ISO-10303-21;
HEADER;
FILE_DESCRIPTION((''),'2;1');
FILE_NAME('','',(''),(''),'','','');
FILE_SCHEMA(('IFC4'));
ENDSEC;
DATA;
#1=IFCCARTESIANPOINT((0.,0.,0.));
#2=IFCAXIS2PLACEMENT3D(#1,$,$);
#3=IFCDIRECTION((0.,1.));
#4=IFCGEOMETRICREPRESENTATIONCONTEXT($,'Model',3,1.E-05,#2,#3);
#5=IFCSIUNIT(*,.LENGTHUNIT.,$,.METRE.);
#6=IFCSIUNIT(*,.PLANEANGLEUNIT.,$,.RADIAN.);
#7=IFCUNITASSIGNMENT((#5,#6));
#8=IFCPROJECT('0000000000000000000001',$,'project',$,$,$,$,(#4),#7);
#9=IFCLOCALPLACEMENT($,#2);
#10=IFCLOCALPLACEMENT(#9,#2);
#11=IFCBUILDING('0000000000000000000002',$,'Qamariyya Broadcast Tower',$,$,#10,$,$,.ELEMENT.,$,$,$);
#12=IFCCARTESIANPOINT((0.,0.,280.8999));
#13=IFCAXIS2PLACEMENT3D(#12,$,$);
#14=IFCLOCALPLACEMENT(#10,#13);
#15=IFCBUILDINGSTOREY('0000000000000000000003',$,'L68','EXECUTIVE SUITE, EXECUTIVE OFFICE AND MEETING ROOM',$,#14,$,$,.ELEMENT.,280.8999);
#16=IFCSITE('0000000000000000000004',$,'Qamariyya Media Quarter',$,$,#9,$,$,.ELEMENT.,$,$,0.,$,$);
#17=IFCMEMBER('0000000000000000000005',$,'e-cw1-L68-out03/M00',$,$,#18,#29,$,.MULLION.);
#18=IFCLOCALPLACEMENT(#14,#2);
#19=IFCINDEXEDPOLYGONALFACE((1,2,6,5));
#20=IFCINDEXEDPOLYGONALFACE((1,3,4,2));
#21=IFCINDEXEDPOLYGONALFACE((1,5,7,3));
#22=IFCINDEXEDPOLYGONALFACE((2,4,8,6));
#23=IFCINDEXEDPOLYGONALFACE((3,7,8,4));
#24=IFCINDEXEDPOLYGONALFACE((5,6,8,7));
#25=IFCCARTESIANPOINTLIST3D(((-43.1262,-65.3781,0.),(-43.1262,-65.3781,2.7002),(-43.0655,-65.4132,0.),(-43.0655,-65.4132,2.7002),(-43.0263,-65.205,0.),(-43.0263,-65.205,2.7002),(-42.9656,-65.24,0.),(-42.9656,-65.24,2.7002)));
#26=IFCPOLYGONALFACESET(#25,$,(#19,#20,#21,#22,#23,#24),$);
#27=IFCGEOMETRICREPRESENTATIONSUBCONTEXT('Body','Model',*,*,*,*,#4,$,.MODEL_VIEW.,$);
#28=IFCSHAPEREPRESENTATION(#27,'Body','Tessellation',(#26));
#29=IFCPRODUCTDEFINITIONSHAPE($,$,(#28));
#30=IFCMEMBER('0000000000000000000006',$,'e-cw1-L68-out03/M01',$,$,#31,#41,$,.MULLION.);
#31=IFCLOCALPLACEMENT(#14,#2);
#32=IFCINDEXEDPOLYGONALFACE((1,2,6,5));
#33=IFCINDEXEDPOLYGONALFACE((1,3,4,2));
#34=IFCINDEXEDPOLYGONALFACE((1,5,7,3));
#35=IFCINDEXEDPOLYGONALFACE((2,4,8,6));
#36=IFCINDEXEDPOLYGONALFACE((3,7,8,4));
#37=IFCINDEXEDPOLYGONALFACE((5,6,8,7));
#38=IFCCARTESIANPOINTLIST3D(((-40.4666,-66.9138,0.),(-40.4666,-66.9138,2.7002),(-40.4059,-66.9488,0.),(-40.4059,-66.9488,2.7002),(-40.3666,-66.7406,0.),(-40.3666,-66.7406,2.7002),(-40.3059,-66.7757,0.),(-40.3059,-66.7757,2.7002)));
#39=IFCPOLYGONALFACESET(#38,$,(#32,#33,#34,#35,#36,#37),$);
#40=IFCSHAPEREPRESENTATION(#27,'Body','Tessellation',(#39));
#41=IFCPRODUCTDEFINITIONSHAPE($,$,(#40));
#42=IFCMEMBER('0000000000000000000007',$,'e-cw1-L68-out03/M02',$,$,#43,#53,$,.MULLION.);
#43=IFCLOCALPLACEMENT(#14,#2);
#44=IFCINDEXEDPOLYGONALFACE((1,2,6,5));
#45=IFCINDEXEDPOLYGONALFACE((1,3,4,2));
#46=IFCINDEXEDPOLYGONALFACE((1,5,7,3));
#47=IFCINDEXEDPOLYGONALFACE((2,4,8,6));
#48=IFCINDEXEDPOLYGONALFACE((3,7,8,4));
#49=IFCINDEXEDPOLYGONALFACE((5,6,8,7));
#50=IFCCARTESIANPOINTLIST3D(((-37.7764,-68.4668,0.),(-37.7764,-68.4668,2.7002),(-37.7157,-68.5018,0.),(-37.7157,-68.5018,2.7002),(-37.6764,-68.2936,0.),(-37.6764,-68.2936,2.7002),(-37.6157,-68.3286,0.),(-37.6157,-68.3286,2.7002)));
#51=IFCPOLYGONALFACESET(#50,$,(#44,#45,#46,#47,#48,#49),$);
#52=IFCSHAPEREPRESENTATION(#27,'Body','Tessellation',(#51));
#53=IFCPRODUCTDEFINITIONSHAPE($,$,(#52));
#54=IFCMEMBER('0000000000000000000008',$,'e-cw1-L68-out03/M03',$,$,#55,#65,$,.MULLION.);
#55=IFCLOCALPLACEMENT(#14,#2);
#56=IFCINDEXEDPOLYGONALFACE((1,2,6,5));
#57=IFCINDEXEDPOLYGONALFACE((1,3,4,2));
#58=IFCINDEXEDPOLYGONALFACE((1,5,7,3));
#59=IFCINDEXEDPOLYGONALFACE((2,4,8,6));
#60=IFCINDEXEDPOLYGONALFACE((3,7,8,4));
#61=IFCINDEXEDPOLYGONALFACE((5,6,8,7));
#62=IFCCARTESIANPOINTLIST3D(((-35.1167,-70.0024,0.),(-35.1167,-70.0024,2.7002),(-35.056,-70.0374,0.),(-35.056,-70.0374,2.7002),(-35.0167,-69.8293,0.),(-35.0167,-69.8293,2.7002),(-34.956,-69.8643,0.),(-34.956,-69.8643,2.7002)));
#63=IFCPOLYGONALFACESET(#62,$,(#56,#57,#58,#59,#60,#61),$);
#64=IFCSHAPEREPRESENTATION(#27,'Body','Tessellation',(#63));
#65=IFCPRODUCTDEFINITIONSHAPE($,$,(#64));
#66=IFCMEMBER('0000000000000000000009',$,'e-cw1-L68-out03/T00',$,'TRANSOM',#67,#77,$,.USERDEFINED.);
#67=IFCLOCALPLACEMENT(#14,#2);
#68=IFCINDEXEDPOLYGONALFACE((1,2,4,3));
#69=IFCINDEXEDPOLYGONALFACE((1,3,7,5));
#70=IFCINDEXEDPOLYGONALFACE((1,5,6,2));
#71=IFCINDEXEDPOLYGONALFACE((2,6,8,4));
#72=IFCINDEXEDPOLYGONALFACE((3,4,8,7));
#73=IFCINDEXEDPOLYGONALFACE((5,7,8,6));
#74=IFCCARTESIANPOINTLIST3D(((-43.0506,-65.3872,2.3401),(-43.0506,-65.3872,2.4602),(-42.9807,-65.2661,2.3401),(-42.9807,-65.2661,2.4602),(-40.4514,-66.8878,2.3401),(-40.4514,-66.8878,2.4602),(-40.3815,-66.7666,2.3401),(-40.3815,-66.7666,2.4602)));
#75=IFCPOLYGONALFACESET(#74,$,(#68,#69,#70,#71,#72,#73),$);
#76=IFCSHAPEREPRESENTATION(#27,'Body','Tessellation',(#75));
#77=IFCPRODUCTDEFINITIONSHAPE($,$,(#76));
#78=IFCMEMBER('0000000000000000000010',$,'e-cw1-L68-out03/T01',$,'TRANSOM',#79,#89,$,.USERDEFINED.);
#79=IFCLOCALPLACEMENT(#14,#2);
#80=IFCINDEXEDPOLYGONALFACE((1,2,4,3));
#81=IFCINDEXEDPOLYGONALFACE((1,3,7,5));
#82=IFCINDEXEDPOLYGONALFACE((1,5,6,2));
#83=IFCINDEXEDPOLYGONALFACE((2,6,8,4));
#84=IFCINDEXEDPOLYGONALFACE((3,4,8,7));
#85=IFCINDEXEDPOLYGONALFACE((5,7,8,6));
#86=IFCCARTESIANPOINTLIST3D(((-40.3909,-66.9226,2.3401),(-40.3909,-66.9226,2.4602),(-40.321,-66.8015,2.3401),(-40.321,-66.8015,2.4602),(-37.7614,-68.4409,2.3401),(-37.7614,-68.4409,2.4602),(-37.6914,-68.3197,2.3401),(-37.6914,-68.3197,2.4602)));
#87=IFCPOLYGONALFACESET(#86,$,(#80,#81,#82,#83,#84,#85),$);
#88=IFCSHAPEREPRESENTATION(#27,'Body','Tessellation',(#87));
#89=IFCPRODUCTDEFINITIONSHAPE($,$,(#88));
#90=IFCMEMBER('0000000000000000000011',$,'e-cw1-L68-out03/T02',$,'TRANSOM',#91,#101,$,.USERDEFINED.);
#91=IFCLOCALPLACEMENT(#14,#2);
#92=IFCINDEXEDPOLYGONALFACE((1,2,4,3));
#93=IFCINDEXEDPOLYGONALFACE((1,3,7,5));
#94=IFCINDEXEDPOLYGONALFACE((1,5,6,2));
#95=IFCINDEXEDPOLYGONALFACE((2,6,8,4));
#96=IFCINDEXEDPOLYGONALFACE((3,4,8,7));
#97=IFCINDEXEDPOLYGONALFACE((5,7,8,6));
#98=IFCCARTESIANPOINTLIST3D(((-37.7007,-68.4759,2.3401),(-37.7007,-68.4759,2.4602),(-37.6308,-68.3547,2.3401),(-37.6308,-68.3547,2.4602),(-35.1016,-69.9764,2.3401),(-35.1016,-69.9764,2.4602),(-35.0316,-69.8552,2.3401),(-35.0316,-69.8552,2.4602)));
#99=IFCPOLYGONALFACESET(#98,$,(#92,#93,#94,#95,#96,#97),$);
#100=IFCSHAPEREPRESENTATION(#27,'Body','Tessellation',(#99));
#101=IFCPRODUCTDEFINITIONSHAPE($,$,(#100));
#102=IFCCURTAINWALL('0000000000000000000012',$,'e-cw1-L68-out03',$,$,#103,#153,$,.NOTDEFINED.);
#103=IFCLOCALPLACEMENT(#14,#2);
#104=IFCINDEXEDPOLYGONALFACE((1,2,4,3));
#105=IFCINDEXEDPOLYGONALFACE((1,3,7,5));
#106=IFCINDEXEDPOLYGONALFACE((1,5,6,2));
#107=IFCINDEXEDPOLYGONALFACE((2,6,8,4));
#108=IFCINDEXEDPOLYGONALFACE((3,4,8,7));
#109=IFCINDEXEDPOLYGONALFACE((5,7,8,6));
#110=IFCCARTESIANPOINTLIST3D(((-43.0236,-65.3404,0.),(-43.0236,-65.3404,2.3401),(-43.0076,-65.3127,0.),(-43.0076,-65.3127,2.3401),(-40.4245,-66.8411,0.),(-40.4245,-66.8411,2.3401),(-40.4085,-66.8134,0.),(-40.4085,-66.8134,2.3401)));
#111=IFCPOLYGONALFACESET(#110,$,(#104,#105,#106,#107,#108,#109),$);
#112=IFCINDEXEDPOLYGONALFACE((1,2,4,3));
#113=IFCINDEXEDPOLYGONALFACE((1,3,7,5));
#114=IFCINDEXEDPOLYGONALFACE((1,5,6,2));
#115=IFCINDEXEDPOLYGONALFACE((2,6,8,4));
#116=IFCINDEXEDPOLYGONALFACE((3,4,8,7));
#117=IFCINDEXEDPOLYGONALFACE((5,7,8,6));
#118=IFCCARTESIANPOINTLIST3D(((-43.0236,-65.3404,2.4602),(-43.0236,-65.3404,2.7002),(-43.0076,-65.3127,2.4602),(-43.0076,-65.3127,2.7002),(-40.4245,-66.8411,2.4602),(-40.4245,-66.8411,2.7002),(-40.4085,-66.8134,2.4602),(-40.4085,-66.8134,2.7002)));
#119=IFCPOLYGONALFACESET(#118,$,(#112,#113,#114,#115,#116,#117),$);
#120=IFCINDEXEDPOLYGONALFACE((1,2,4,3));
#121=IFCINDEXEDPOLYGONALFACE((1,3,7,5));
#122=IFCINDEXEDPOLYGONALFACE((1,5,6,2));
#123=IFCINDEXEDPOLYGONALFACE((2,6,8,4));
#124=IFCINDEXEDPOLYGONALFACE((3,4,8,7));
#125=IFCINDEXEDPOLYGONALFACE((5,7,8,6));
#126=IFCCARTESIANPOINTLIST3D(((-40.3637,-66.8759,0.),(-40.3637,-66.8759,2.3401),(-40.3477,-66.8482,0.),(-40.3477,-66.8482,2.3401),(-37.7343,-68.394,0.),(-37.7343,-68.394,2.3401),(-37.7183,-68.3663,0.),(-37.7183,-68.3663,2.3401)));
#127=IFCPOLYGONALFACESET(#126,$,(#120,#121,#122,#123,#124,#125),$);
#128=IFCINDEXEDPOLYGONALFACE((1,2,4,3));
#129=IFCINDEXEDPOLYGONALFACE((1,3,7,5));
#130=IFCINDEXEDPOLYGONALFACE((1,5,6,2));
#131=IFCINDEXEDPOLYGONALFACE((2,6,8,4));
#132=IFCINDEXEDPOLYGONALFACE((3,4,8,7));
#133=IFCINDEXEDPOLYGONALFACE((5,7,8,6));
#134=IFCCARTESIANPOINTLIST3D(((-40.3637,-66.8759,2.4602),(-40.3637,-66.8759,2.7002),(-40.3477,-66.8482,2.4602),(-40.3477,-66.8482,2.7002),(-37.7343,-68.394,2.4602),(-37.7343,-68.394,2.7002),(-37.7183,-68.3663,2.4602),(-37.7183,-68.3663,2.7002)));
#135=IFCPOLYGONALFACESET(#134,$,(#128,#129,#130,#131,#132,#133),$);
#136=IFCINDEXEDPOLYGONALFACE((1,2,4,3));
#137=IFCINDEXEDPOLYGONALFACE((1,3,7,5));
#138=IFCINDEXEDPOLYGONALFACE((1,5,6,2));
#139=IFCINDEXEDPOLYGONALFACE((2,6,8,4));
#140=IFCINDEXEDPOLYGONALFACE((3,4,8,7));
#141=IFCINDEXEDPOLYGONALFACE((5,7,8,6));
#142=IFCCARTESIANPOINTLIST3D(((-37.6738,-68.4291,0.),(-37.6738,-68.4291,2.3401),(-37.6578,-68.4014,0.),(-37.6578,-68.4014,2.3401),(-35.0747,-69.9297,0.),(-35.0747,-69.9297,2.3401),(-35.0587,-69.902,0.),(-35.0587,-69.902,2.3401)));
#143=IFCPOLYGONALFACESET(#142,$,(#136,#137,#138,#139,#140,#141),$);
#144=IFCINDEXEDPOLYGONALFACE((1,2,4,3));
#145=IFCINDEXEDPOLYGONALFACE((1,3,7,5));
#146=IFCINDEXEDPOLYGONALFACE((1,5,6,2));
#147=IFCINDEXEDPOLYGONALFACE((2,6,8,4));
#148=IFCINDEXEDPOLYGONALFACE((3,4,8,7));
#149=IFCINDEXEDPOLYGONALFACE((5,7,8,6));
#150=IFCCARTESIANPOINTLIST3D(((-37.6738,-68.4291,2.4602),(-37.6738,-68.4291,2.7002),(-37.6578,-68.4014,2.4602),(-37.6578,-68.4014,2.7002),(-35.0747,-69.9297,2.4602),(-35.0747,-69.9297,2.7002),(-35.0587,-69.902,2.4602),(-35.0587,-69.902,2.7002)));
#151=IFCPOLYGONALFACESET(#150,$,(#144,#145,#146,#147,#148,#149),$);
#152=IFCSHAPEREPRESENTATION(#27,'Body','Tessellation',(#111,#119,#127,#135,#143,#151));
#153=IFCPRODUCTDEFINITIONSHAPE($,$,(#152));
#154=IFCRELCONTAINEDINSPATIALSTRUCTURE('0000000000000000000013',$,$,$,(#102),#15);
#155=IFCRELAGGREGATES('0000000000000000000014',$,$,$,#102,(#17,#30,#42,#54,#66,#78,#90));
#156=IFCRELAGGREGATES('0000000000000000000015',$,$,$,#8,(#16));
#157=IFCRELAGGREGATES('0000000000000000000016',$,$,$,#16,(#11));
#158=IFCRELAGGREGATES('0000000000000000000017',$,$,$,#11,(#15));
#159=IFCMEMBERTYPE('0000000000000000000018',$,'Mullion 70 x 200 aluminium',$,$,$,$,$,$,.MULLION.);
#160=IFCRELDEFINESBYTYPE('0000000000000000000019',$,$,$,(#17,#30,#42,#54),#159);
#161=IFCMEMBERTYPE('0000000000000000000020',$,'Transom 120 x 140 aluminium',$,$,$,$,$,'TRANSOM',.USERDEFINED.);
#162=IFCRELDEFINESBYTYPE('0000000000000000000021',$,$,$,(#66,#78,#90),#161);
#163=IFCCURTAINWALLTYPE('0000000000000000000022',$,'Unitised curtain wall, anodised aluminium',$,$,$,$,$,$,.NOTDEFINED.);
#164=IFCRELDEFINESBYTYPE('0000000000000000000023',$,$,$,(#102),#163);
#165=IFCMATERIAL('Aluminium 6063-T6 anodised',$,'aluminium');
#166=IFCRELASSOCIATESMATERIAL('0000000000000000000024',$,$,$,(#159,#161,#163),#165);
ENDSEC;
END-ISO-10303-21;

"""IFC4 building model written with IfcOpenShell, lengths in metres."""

from ifc_helpers import new_model, si_unit, direction, frame, origin, origin_2d, place, context, subcontext, project, spatial, rectangle, extrude, material, material_profile, profile_set, type_object, element, aggregate, save


model = new_model("IFC4")

# Units and contexts
model_context = context("Model", 3, precision=1e-05, world=origin(), true_north=direction((0.0, 1.0)))
body_context = subcontext(model_context, "Body", "Model", "MODEL_VIEW")
ifc_project = project(units=[si_unit("LENGTHUNIT", "METRE"), si_unit("PLANEANGLEUNIT", "RADIAN")], contexts=[model_context])

# Members
ifc_material = material(Name="Aluminium 6063-T6 anodised", Category="aluminium")
ifc_material_profile_1 = material_profile(ifc_material, rectangle(XDim=0.2, YDim=0.0701, at=origin_2d()))
ifc_profile_set_1 = profile_set([ifc_material_profile_1], Name="Aluminium 6063-T6 anodised")
member_type_1 = type_object("IfcMemberType", Name="Mullion 70 x 200 aluminium", PredefinedType="MULLION", material=ifc_profile_set_1)
site_placement = place(None, origin())
building_placement = place(site_placement, origin())
storey_placement = place(building_placement, frame((0.0, 0.0, 280.8999)))
member_1_placement = place(storey_placement, frame((-43.0459, -65.3091, 0.0), z_axis=(0.0, 0.0, 1.0), x_axis=(0.5, 0.866025, 0.0)))
member_1 = element("IfcMember", 1, at=member_1_placement, type_object=member_type_1, Name="e-cw1-L68-out03/M00", PredefinedType="MULLION", context=body_context, shape_type="SweptSolid", body=[
    extrude(rectangle(XDim=0.2, YDim=0.0701, at=origin_2d()), origin(), (0.0, 0.0, 1.0), 2.7002),
])
member_2_placement = place(storey_placement, frame((-40.3862, -66.8447, 0.0), z_axis=(0.0, 0.0, 1.0), x_axis=(0.5, 0.866025, 0.0)))
member_2 = element("IfcMember", 2, at=member_2_placement, type_object=member_type_1, Name="e-cw1-L68-out03/M01", PredefinedType="MULLION", context=body_context, shape_type="SweptSolid", body=[
    extrude(rectangle(XDim=0.2, YDim=0.0701, at=origin_2d()), origin(), (0.0, 0.0, 1.0), 2.7002),
])
member_3_placement = place(storey_placement, frame((-37.696, -68.3977, 0.0), z_axis=(0.0, 0.0, 1.0), x_axis=(0.5, 0.866025, 0.0)))
member_3 = element("IfcMember", 3, at=member_3_placement, type_object=member_type_1, Name="e-cw1-L68-out03/M02", PredefinedType="MULLION", context=body_context, shape_type="SweptSolid", body=[
    extrude(rectangle(XDim=0.2, YDim=0.0701, at=origin_2d()), origin(), (0.0, 0.0, 1.0), 2.7002),
])
member_4_placement = place(storey_placement, frame((-35.0364, -69.9333, 0.0), z_axis=(0.0, 0.0, 1.0), x_axis=(0.5, 0.866025, 0.0)))
member_4 = element("IfcMember", 4, at=member_4_placement, type_object=member_type_1, Name="e-cw1-L68-out03/M03", PredefinedType="MULLION", context=body_context, shape_type="SweptSolid", body=[
    extrude(rectangle(XDim=0.2, YDim=0.0701, at=origin_2d()), origin(), (0.0, 0.0, 1.0), 2.7002),
])
ifc_material_profile_2 = material_profile(ifc_material, rectangle(XDim=0.1399, YDim=0.1201, at=origin_2d()))
ifc_profile_set_2 = profile_set([ifc_material_profile_2], Name="Aluminium 6063-T6 anodised")
member_type_2 = type_object("IfcMemberType", Name="Transom 120 x 140 aluminium", ElementType="TRANSOM", PredefinedType="USERDEFINED", material=ifc_profile_set_2)
member_5_placement = place(storey_placement, frame((-43.0156, -65.3267, 2.4001), z_axis=(0.866042, -0.499971, 0.0), x_axis=(0.499971, 0.866042, 0.0)))
member_5 = element("IfcMember", 5, at=member_5_placement, type_object=member_type_2, Name="e-cw1-L68-out03/T00", ObjectType="TRANSOM", PredefinedType="USERDEFINED", context=body_context, shape_type="SweptSolid", body=[
    extrude(rectangle(XDim=0.1399, YDim=0.1201, at=origin_2d()), origin(), (0.0, 0.0, 1.0), 3.0012),
])
member_6_placement = place(storey_placement, frame((-40.356, -66.8621, 2.4001), z_axis=(0.866013, -0.500022, 0.0), x_axis=(0.500022, 0.866013, 0.0)))
member_6 = element("IfcMember", 6, at=member_6_placement, type_object=member_type_2, Name="e-cw1-L68-out03/T01", ObjectType="TRANSOM", PredefinedType="USERDEFINED", context=body_context, shape_type="SweptSolid", body=[
    extrude(rectangle(XDim=0.1399, YDim=0.1201, at=origin_2d()), origin(), (0.0, 0.0, 1.0), 3.0364),
])
member_7_placement = place(storey_placement, frame((-37.6658, -68.4153, 2.4001), z_axis=(0.866042, -0.499971, 0.0), x_axis=(0.499971, 0.866042, 0.0)))
member_7 = element("IfcMember", 7, at=member_7_placement, type_object=member_type_2, Name="e-cw1-L68-out03/T02", ObjectType="TRANSOM", PredefinedType="USERDEFINED", context=body_context, shape_type="SweptSolid", body=[
    extrude(rectangle(XDim=0.1399, YDim=0.1201, at=origin_2d()), origin(), (0.0, 0.0, 1.0), 3.0012),
])

# Site, building, storey
site = spatial("IfcSite", under=ifc_project, at=site_placement, Name="Qamariyya Media Quarter", CompositionType="ELEMENT", RefElevation=0.0)
building = spatial("IfcBuilding", under=site, at=building_placement, Name="Qamariyya Broadcast Tower", CompositionType="ELEMENT")
storey = spatial("IfcBuildingStorey", under=building, at=storey_placement, Name="L68", Description="EXECUTIVE SUITE, EXECUTIVE OFFICE AND MEETING ROOM", CompositionType="ELEMENT", Elevation=280.8999)

# Curtain wall
curtain_wall_type = type_object("IfcCurtainWallType", Name="Unitised curtain wall, anodised aluminium", PredefinedType="NOTDEFINED", material=ifc_material)
curtain_wall_1_placement = place(storey_placement, origin())
curtain_wall_1 = element("IfcCurtainWall", 8, at=curtain_wall_1_placement, inside=storey, type_object=curtain_wall_type, Name="e-cw1-L68-out03", PredefinedType="NOTDEFINED", context=body_context, shape_type="SweptSolid", body=[
    extrude(rectangle(XDim=3.0012, YDim=0.032, at=origin_2d()), frame((-41.7161, -66.0769, 0.0), x_axis=(0.866018, -0.500013, 0.0)), (0.0, 0.0, 1.0), 2.3401),
    extrude(rectangle(XDim=3.0012, YDim=0.032, at=origin_2d()), frame((-41.7161, -66.0769, 2.4602), x_axis=(0.866018, -0.500013, 0.0)), (0.0, 0.0, 1.0), 0.24),
    extrude(rectangle(XDim=3.0361, YDim=0.032, at=origin_2d()), frame((-39.041, -67.6211, 0.0), x_axis=(0.866018, -0.500013, 0.0)), (0.0, 0.0, 1.0), 2.3401),
    extrude(rectangle(XDim=3.0361, YDim=0.032, at=origin_2d()), frame((-39.041, -67.6211, 2.4602), x_axis=(0.866018, -0.500013, 0.0)), (0.0, 0.0, 1.0), 0.24),
    extrude(rectangle(XDim=3.0012, YDim=0.032, at=origin_2d()), frame((-36.3662, -69.1655, 0.0), x_axis=(0.866018, -0.500013, 0.0)), (0.0, 0.0, 1.0), 2.3401),
    extrude(rectangle(XDim=3.0012, YDim=0.032, at=origin_2d()), frame((-36.3662, -69.1655, 2.4602), x_axis=(0.866018, -0.500013, 0.0)), (0.0, 0.0, 1.0), 0.24),
])
aggregate(curtain_wall_1, [member_1, member_2, member_3, member_4, member_5, member_6, member_7])

save(model, "model.ifc")
